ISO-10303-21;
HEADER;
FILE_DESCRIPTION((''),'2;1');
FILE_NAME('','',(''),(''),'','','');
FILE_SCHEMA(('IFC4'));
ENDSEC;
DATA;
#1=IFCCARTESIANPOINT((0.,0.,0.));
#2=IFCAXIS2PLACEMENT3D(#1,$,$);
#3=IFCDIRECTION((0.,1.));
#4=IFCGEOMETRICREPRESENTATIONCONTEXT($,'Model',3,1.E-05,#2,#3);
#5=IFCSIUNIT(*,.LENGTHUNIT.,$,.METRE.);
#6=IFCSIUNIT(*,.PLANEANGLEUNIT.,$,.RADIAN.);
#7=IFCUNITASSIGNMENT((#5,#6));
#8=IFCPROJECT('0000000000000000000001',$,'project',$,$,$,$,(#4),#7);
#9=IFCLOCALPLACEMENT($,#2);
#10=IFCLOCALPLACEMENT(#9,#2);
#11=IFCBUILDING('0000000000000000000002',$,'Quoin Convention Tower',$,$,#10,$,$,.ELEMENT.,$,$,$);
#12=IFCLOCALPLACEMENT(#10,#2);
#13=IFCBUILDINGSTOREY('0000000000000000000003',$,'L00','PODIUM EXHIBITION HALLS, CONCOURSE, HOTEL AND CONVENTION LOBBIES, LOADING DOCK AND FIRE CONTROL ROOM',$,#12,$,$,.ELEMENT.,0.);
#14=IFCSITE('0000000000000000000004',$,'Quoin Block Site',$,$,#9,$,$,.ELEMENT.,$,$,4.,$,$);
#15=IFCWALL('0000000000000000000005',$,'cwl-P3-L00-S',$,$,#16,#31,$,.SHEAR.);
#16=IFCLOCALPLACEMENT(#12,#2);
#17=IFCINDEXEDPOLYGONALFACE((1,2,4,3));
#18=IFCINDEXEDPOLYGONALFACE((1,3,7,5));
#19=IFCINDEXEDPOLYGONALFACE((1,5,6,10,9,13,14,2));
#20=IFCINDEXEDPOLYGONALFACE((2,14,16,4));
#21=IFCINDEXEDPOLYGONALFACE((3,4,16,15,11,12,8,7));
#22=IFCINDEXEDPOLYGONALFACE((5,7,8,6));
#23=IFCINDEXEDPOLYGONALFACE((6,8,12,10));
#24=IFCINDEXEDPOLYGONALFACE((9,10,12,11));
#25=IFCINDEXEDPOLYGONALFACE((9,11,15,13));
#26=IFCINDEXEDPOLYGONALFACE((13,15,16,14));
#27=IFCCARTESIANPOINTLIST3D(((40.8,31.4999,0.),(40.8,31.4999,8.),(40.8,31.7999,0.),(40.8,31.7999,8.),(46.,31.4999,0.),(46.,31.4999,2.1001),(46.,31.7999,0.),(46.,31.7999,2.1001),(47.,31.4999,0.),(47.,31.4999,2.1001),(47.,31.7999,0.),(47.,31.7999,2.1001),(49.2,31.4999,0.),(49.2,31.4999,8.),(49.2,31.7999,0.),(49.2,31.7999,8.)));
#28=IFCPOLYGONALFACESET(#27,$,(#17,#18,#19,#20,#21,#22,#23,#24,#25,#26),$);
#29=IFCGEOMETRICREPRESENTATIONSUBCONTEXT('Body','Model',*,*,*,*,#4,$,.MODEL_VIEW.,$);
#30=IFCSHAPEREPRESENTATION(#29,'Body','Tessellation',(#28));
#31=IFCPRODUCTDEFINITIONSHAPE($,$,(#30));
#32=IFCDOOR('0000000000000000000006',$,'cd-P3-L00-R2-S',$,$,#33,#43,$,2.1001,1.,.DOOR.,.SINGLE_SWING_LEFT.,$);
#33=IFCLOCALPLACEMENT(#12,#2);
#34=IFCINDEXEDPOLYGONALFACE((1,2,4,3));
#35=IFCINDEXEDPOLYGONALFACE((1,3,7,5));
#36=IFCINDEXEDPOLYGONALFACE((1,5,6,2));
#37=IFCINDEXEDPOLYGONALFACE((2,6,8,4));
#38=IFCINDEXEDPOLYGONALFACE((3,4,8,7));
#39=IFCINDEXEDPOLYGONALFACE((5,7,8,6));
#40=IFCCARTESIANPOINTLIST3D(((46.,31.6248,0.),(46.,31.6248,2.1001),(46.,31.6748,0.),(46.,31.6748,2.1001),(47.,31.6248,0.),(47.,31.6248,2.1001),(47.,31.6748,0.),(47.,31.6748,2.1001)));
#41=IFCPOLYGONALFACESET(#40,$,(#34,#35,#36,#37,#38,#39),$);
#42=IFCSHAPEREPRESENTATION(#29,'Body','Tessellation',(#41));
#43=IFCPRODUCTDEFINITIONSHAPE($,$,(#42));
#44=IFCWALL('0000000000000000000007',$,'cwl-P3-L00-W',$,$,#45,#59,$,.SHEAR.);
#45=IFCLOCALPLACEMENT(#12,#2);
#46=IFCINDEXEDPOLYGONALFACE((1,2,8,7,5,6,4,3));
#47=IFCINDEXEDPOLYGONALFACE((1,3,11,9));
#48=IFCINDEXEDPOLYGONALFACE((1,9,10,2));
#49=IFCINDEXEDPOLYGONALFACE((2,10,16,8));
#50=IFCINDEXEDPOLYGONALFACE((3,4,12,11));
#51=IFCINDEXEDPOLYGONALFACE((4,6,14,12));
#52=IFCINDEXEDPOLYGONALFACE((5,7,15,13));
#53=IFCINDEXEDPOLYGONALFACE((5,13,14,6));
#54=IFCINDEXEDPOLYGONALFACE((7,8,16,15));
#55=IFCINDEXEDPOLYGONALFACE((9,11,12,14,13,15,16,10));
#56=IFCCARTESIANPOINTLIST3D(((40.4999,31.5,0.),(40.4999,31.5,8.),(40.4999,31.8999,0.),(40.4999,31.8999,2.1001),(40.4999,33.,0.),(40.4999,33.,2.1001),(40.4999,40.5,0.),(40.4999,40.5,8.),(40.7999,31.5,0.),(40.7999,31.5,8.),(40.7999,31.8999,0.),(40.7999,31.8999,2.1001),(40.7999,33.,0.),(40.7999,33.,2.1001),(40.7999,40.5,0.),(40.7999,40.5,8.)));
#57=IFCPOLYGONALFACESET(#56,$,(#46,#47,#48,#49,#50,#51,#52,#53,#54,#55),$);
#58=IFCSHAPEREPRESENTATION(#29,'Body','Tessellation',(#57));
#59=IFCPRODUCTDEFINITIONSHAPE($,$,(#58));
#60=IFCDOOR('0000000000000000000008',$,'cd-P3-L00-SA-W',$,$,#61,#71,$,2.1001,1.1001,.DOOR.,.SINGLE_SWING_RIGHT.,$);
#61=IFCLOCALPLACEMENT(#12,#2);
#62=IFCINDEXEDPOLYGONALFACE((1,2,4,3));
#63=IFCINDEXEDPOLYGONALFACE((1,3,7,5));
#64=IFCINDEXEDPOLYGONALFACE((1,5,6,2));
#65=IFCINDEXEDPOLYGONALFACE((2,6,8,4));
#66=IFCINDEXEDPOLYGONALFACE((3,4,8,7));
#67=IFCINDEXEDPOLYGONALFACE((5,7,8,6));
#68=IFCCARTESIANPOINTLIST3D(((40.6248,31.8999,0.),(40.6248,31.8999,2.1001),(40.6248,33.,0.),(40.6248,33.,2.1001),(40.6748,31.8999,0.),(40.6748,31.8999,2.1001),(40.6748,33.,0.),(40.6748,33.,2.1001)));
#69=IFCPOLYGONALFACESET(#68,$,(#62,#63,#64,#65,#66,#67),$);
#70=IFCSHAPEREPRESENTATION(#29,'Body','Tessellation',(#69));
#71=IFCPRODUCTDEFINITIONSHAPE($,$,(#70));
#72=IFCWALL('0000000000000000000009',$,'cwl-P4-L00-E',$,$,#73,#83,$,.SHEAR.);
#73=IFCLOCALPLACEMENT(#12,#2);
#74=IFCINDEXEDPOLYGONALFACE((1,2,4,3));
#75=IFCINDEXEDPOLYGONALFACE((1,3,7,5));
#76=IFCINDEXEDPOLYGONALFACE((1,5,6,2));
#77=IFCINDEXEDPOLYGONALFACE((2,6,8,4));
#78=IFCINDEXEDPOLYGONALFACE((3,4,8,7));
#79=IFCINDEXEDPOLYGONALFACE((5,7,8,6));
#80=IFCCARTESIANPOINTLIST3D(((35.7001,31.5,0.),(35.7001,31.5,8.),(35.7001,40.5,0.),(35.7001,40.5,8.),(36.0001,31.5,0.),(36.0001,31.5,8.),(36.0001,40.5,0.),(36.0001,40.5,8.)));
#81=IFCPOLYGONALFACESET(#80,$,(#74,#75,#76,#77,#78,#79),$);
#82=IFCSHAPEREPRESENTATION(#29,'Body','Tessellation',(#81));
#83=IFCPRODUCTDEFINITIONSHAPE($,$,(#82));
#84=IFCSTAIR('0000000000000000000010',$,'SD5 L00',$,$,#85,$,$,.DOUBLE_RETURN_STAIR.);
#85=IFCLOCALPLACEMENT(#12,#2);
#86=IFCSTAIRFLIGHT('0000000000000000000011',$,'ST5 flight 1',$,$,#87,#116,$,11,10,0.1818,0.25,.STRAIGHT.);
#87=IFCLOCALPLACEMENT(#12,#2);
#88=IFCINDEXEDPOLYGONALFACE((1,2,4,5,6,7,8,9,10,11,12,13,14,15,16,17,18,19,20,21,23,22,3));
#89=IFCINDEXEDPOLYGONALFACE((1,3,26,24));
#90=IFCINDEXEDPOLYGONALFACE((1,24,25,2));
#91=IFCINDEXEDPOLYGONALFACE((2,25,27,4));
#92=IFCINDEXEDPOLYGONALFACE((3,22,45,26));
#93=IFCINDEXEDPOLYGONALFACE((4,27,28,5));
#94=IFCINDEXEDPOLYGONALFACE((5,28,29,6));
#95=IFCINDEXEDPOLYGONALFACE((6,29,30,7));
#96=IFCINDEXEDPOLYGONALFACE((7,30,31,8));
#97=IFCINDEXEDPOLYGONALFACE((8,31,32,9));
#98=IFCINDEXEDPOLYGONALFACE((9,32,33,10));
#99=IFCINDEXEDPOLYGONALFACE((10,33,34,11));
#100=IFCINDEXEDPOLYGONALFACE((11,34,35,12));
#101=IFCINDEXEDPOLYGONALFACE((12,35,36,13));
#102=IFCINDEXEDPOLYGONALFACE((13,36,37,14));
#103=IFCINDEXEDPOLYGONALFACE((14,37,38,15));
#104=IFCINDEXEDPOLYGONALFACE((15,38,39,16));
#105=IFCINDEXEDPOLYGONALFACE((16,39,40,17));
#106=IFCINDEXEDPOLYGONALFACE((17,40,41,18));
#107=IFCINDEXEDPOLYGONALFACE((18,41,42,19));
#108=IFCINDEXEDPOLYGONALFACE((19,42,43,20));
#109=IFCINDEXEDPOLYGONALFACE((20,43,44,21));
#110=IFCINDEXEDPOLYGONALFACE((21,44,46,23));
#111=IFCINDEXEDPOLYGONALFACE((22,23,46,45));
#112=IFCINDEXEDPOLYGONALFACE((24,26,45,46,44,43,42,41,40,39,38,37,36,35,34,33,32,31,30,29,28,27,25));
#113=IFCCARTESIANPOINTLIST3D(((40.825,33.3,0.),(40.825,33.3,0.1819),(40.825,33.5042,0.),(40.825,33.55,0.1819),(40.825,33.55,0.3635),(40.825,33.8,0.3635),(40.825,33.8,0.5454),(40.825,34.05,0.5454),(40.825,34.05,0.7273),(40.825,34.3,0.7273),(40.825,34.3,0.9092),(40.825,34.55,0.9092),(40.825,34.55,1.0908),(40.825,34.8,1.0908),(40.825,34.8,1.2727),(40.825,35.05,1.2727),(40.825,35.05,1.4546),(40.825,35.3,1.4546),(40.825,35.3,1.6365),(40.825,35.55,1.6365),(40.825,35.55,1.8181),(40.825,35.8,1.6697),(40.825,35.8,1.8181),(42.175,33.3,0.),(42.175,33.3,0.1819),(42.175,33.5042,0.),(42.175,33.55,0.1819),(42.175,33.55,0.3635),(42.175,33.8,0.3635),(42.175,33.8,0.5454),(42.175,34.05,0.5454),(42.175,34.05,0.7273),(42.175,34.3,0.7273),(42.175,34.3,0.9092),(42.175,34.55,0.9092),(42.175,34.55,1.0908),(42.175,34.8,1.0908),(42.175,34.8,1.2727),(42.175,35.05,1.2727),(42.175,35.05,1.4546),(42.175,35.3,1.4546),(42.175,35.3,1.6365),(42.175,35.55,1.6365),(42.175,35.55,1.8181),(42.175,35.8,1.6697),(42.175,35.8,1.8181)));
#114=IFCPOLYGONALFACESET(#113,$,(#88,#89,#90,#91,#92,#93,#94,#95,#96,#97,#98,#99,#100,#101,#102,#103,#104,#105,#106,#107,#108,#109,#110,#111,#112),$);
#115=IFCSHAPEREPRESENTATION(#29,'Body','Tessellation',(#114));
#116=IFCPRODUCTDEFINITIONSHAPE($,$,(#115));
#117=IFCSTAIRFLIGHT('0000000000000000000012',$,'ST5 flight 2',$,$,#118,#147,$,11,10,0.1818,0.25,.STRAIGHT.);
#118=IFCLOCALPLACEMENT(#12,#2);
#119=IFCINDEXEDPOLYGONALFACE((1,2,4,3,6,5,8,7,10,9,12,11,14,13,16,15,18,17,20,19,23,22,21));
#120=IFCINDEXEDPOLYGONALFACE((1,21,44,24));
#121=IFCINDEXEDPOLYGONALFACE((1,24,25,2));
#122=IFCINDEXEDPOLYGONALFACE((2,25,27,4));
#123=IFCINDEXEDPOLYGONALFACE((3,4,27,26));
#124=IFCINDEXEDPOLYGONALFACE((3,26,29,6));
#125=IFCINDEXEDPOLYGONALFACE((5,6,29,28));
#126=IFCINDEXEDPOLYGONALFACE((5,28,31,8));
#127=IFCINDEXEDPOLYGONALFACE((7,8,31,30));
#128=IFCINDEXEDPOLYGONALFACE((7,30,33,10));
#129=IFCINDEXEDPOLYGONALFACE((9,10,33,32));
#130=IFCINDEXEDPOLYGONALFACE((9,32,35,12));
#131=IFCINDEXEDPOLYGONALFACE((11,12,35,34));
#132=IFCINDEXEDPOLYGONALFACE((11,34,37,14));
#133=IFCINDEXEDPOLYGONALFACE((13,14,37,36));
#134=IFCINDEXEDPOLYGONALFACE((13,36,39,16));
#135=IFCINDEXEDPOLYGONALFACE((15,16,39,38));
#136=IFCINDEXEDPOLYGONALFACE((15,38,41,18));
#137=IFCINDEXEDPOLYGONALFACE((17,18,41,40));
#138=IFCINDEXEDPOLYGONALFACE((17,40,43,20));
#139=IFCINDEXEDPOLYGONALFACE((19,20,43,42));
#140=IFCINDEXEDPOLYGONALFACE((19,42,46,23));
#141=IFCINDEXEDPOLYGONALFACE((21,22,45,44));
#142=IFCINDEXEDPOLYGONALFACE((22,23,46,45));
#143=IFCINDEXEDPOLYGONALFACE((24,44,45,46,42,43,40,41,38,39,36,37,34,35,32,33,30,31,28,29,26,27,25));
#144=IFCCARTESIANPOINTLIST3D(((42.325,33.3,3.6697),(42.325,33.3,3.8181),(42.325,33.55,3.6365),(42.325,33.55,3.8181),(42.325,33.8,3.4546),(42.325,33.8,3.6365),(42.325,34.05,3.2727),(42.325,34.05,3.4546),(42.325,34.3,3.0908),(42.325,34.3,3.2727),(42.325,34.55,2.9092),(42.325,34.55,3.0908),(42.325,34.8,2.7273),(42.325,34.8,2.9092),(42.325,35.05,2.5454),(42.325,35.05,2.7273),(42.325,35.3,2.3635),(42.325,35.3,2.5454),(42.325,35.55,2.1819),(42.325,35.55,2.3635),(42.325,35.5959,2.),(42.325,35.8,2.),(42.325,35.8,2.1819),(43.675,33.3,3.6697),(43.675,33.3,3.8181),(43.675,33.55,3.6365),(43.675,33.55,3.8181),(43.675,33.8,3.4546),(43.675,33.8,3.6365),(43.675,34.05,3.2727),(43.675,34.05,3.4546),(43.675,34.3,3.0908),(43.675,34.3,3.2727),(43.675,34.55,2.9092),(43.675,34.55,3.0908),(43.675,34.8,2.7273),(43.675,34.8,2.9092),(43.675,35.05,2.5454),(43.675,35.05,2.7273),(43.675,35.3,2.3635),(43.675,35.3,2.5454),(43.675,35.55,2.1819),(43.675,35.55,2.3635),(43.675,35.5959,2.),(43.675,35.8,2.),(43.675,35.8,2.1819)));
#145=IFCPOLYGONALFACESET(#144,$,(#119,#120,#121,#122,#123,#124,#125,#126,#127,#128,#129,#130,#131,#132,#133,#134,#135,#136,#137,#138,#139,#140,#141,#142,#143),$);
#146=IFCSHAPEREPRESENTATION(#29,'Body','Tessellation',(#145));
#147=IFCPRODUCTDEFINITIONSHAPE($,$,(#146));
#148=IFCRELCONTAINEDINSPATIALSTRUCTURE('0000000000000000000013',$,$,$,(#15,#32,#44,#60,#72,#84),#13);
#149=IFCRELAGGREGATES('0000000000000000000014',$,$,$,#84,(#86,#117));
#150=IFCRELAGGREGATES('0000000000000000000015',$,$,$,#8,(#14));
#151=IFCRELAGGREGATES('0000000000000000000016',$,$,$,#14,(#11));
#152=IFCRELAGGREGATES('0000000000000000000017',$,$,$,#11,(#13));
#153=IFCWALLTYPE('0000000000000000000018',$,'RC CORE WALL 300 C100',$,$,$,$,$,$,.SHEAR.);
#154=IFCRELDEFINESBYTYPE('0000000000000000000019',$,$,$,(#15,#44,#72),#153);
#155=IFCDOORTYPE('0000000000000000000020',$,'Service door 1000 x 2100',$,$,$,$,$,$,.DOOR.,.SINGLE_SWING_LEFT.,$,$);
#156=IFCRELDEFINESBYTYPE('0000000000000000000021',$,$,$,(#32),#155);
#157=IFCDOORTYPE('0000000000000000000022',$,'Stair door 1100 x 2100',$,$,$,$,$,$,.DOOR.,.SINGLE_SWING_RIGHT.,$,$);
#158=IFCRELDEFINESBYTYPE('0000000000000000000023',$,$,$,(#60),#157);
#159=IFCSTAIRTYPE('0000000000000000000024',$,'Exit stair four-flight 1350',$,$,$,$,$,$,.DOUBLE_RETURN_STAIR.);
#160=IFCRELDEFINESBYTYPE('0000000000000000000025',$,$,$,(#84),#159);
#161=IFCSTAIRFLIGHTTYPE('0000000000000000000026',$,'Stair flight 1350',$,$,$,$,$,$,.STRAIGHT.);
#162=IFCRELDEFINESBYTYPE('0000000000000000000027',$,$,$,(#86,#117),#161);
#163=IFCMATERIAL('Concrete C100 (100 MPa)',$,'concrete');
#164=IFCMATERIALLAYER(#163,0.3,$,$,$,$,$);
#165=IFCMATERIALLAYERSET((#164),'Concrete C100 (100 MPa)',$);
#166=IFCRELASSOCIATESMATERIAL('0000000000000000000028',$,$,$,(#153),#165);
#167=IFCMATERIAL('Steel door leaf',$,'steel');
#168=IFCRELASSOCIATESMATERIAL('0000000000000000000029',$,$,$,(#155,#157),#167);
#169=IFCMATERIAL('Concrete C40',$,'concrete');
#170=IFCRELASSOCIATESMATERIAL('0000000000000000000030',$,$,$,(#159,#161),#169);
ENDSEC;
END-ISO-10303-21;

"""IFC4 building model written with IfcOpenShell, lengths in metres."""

from ifc_helpers import new_model, si_unit, direction, frame, frame_2d, origin, place, context, subcontext, project, spatial, polyline, rectangle, outline, extrude, material, layer, layer_set, type_object, element, fill, aggregate, save


model = new_model("IFC4")

# Units and contexts
model_context = context("Model", 3, precision=1e-05, world=origin(), true_north=direction((0.0, 1.0)))
body_context = subcontext(model_context, "Body", "Model", "MODEL_VIEW")
ifc_project = project(units=[si_unit("LENGTHUNIT", "METRE"), si_unit("PLANEANGLEUNIT", "RADIAN")], contexts=[model_context])

# Site, building, storey
site_placement = place(None, origin())
site = spatial("IfcSite", under=ifc_project, at=site_placement, Name="Quoin Block Site", CompositionType="ELEMENT", RefElevation=4.0)
building_placement = place(site_placement, origin())
building = spatial("IfcBuilding", under=site, at=building_placement, Name="Quoin Convention Tower", CompositionType="ELEMENT")
storey_placement = place(building_placement, origin())
storey = spatial("IfcBuildingStorey", under=building, at=storey_placement, Name="L00", Description="PODIUM EXHIBITION HALLS, CONCOURSE, HOTEL AND CONVENTION LOBBIES, LOADING DOCK AND FIRE CONTROL ROOM", CompositionType="ELEMENT", Elevation=0.0)

# Shared definitions
ifc_material_1 = material(Name="Concrete C100 (100 MPa)", Category="concrete")

# Shared definitions
ifc_material_2 = material(Name="Steel door leaf", Category="steel")

# Walls, openings, doors
ifc_layer_1 = layer(ifc_material_1, 0.3)
ifc_layer_set_1 = layer_set([ifc_layer_1], Name="Concrete C100 (100 MPa)")
wall_type_1 = type_object("IfcWallType", Name="RC CORE WALL 300 C100", PredefinedType="SHEAR", material=ifc_layer_set_1)
wall_1_placement = place(storey_placement, frame((40.8, 31.6499, 0.0), z_axis=(0.0, 0.0, 1.0), x_axis=(1.0, 0.0, 0.0)))
wall_1 = element("IfcWall", 1, at=wall_1_placement, inside=storey, type_object=wall_type_1, Name="cwl-P3-L00-S", PredefinedType="SHEAR", context=body_context, shape_type="SweptSolid", body=[
    extrude(rectangle(XDim=8.3999, YDim=0.3, at=frame_2d((4.2, 0.0))), origin(), (0.0, 0.0, 1.0), 8.0),
])
opening_1_placement = place(wall_1_placement, frame((5.2, 0.0, 0.0)))
opening_1 = element("IfcOpeningElement", 2, at=opening_1_placement, cuts=wall_1, PredefinedType="OPENING", context=body_context, shape_type="SweptSolid", body=[
    extrude(rectangle(XDim=1.0, YDim=2.1001, at=frame_2d((0.5, 1.05))), frame((0.0, 0.1599, 0.0), z_axis=(0.0, -1.0, 0.0), x_axis=(1.0, 0.0, 0.0)), (0.0, 0.0, 1.0), 0.3201),
])
door_type_1 = type_object("IfcDoorType", Name="Service door 1000 x 2100", OperationType="SINGLE_SWING_LEFT", PredefinedType="DOOR", material=ifc_material_2)
door_1_placement = place(opening_1_placement, origin())
door_1 = element("IfcDoor", 3, at=door_1_placement, inside=storey, type_object=door_type_1, Name="cd-P3-L00-R2-S", OperationType="SINGLE_SWING_LEFT", OverallHeight=2.1001, OverallWidth=1.0, PredefinedType="DOOR", context=body_context, shape_type="SweptSolid", body=[
    extrude(rectangle(XDim=1.0, YDim=2.1001, at=frame_2d((0.5, 1.05))), frame((0.0, 0.0249, 0.0), z_axis=(0.0, -1.0, 0.0), x_axis=(1.0, 0.0, 0.0)), (0.0, 0.0, 1.0), 0.05),
])
fill(opening_1, door_1)
wall_2_placement = place(storey_placement, frame((40.6499, 31.5, 0.0), z_axis=(0.0, 0.0, 1.0), x_axis=(0.0, 1.0, 0.0)))
wall_2 = element("IfcWall", 4, at=wall_2_placement, inside=storey, type_object=wall_type_1, Name="cwl-P3-L00-W", PredefinedType="SHEAR", context=body_context, shape_type="SweptSolid", body=[
    extrude(rectangle(XDim=9.0, YDim=0.3, at=frame_2d((4.5, 0.0))), origin(), (0.0, 0.0, 1.0), 8.0),
])
opening_2_placement = place(wall_2_placement, frame((0.3999, 0.0, 0.0)))
opening_2 = element("IfcOpeningElement", 5, at=opening_2_placement, cuts=wall_2, PredefinedType="OPENING", context=body_context, shape_type="SweptSolid", body=[
    extrude(rectangle(XDim=1.1001, YDim=2.1001, at=frame_2d((0.55, 1.05))), frame((0.0, 0.1599, 0.0), z_axis=(0.0, -1.0, 0.0), x_axis=(1.0, 0.0, 0.0)), (0.0, 0.0, 1.0), 0.3201),
])
door_type_2 = type_object("IfcDoorType", Name="Stair door 1100 x 2100", OperationType="SINGLE_SWING_RIGHT", PredefinedType="DOOR", material=ifc_material_2)
door_2_placement = place(opening_2_placement, frame((1.1001, 0.0, 0.0), z_axis=(0.0, 0.0, 1.0), x_axis=(-1.0, 0.0, 0.0)))
door_2 = element("IfcDoor", 6, at=door_2_placement, inside=storey, type_object=door_type_2, Name="cd-P3-L00-SA-W", OperationType="SINGLE_SWING_RIGHT", OverallHeight=2.1001, OverallWidth=1.1001, PredefinedType="DOOR", context=body_context, shape_type="SweptSolid", body=[
    extrude(rectangle(XDim=1.1001, YDim=2.1001, at=frame_2d((0.55, 1.05))), frame((0.0, 0.0249, 0.0), z_axis=(0.0, -1.0, 0.0), x_axis=(1.0, 0.0, 0.0)), (0.0, 0.0, 1.0), 0.05),
])
fill(opening_2, door_2)

# Wall
wall_3_placement = place(storey_placement, frame((35.8501, 31.5, 0.0), z_axis=(0.0, 0.0, 1.0), x_axis=(0.0, 1.0, 0.0)))
element("IfcWall", 7, at=wall_3_placement, inside=storey, type_object=wall_type_1, Name="cwl-P4-L00-E", PredefinedType="SHEAR", context=body_context, shape_type="SweptSolid", body=[
    extrude(rectangle(XDim=9.0, YDim=0.3, at=frame_2d((4.5, 0.0))), origin(), (0.0, 0.0, 1.0), 8.0),
])

# Stair, stair flights
ifc_material_3 = material(Name="Concrete C40", Category="concrete")
stair_type = type_object("IfcStairType", Name="Exit stair four-flight 1350", PredefinedType="DOUBLE_RETURN_STAIR", material=ifc_material_3)
stair_1_placement = place(storey_placement, origin())
stair_1 = element("IfcStair", 8, at=stair_1_placement, inside=storey, type_object=stair_type, Name="SD5 L00", PredefinedType="DOUBLE_RETURN_STAIR")
stair_flight_type = type_object("IfcStairFlightType", Name="Stair flight 1350", PredefinedType="STRAIGHT", material=ifc_material_3)
stair_flight_1_placement = place(storey_placement, frame((41.5, 33.3, 0.0), z_axis=(0.0, 0.0, 1.0), x_axis=(0.0, 1.0, 0.0)))
stair_flight_1 = element("IfcStairFlight", 9, at=stair_flight_1_placement, type_object=stair_flight_type, Name="ST5 flight 1", NumberOfRisers=11, NumberOfTreads=10, PredefinedType="STRAIGHT", RiserHeight=0.1818, TreadLength=0.25, context=body_context, shape_type="SweptSolid", body=[
    extrude(outline(polyline([(0.0, 0.0), (0.0, 0.1819), (0.25, 0.1819), (0.25, 0.3635), (0.5, 0.3635), (0.5, 0.5454), (0.75, 0.5454), (0.75, 0.7273), (1.0, 0.7273), (1.0, 0.9092), (1.25, 0.9092), (1.25, 1.0908), (1.5, 1.0908), (1.5, 1.2727), (1.75, 1.2727), (1.75, 1.4546), (2.0, 1.4546), (2.0, 1.6365), (2.25, 1.6365), (2.25, 1.8181), (2.5, 1.8181), (2.5, 2.0), (2.5, 1.6697), (0.2041, 0.0), (0.0, 0.0)])), frame((0.0, 0.675, 0.0), z_axis=(0.0, -1.0, 0.0), x_axis=(1.0, 0.0, 0.0)), (0.0, 0.0, 1.0), 1.3501),
])
stair_flight_2_placement = place(storey_placement, frame((43.0, 35.8, 2.0), z_axis=(0.0, 0.0, 1.0), x_axis=(0.0, -1.0, 0.0)))
stair_flight_2 = element("IfcStairFlight", 10, at=stair_flight_2_placement, type_object=stair_flight_type, Name="ST5 flight 2", NumberOfRisers=11, NumberOfTreads=10, PredefinedType="STRAIGHT", RiserHeight=0.1818, TreadLength=0.25, context=body_context, shape_type="SweptSolid", body=[
    extrude(outline(polyline([(0.0, 0.0), (0.0, 0.1819), (0.25, 0.1819), (0.25, 0.3635), (0.5, 0.3635), (0.5, 0.5454), (0.75, 0.5454), (0.75, 0.7273), (1.0, 0.7273), (1.0, 0.9092), (1.25, 0.9092), (1.25, 1.0908), (1.5, 1.0908), (1.5, 1.2727), (1.75, 1.2727), (1.75, 1.4546), (2.0, 1.4546), (2.0, 1.6365), (2.25, 1.6365), (2.25, 1.8181), (2.5, 1.8181), (2.5, 2.0), (2.5, 1.6697), (0.2041, 0.0), (0.0, 0.0)])), frame((0.0, 0.675, 0.0), z_axis=(0.0, -1.0, 0.0), x_axis=(1.0, 0.0, 0.0)), (0.0, 0.0, 1.0), 1.3501),
])
aggregate(stair_1, [stair_flight_1, stair_flight_2])

save(model, "model.ifc")
